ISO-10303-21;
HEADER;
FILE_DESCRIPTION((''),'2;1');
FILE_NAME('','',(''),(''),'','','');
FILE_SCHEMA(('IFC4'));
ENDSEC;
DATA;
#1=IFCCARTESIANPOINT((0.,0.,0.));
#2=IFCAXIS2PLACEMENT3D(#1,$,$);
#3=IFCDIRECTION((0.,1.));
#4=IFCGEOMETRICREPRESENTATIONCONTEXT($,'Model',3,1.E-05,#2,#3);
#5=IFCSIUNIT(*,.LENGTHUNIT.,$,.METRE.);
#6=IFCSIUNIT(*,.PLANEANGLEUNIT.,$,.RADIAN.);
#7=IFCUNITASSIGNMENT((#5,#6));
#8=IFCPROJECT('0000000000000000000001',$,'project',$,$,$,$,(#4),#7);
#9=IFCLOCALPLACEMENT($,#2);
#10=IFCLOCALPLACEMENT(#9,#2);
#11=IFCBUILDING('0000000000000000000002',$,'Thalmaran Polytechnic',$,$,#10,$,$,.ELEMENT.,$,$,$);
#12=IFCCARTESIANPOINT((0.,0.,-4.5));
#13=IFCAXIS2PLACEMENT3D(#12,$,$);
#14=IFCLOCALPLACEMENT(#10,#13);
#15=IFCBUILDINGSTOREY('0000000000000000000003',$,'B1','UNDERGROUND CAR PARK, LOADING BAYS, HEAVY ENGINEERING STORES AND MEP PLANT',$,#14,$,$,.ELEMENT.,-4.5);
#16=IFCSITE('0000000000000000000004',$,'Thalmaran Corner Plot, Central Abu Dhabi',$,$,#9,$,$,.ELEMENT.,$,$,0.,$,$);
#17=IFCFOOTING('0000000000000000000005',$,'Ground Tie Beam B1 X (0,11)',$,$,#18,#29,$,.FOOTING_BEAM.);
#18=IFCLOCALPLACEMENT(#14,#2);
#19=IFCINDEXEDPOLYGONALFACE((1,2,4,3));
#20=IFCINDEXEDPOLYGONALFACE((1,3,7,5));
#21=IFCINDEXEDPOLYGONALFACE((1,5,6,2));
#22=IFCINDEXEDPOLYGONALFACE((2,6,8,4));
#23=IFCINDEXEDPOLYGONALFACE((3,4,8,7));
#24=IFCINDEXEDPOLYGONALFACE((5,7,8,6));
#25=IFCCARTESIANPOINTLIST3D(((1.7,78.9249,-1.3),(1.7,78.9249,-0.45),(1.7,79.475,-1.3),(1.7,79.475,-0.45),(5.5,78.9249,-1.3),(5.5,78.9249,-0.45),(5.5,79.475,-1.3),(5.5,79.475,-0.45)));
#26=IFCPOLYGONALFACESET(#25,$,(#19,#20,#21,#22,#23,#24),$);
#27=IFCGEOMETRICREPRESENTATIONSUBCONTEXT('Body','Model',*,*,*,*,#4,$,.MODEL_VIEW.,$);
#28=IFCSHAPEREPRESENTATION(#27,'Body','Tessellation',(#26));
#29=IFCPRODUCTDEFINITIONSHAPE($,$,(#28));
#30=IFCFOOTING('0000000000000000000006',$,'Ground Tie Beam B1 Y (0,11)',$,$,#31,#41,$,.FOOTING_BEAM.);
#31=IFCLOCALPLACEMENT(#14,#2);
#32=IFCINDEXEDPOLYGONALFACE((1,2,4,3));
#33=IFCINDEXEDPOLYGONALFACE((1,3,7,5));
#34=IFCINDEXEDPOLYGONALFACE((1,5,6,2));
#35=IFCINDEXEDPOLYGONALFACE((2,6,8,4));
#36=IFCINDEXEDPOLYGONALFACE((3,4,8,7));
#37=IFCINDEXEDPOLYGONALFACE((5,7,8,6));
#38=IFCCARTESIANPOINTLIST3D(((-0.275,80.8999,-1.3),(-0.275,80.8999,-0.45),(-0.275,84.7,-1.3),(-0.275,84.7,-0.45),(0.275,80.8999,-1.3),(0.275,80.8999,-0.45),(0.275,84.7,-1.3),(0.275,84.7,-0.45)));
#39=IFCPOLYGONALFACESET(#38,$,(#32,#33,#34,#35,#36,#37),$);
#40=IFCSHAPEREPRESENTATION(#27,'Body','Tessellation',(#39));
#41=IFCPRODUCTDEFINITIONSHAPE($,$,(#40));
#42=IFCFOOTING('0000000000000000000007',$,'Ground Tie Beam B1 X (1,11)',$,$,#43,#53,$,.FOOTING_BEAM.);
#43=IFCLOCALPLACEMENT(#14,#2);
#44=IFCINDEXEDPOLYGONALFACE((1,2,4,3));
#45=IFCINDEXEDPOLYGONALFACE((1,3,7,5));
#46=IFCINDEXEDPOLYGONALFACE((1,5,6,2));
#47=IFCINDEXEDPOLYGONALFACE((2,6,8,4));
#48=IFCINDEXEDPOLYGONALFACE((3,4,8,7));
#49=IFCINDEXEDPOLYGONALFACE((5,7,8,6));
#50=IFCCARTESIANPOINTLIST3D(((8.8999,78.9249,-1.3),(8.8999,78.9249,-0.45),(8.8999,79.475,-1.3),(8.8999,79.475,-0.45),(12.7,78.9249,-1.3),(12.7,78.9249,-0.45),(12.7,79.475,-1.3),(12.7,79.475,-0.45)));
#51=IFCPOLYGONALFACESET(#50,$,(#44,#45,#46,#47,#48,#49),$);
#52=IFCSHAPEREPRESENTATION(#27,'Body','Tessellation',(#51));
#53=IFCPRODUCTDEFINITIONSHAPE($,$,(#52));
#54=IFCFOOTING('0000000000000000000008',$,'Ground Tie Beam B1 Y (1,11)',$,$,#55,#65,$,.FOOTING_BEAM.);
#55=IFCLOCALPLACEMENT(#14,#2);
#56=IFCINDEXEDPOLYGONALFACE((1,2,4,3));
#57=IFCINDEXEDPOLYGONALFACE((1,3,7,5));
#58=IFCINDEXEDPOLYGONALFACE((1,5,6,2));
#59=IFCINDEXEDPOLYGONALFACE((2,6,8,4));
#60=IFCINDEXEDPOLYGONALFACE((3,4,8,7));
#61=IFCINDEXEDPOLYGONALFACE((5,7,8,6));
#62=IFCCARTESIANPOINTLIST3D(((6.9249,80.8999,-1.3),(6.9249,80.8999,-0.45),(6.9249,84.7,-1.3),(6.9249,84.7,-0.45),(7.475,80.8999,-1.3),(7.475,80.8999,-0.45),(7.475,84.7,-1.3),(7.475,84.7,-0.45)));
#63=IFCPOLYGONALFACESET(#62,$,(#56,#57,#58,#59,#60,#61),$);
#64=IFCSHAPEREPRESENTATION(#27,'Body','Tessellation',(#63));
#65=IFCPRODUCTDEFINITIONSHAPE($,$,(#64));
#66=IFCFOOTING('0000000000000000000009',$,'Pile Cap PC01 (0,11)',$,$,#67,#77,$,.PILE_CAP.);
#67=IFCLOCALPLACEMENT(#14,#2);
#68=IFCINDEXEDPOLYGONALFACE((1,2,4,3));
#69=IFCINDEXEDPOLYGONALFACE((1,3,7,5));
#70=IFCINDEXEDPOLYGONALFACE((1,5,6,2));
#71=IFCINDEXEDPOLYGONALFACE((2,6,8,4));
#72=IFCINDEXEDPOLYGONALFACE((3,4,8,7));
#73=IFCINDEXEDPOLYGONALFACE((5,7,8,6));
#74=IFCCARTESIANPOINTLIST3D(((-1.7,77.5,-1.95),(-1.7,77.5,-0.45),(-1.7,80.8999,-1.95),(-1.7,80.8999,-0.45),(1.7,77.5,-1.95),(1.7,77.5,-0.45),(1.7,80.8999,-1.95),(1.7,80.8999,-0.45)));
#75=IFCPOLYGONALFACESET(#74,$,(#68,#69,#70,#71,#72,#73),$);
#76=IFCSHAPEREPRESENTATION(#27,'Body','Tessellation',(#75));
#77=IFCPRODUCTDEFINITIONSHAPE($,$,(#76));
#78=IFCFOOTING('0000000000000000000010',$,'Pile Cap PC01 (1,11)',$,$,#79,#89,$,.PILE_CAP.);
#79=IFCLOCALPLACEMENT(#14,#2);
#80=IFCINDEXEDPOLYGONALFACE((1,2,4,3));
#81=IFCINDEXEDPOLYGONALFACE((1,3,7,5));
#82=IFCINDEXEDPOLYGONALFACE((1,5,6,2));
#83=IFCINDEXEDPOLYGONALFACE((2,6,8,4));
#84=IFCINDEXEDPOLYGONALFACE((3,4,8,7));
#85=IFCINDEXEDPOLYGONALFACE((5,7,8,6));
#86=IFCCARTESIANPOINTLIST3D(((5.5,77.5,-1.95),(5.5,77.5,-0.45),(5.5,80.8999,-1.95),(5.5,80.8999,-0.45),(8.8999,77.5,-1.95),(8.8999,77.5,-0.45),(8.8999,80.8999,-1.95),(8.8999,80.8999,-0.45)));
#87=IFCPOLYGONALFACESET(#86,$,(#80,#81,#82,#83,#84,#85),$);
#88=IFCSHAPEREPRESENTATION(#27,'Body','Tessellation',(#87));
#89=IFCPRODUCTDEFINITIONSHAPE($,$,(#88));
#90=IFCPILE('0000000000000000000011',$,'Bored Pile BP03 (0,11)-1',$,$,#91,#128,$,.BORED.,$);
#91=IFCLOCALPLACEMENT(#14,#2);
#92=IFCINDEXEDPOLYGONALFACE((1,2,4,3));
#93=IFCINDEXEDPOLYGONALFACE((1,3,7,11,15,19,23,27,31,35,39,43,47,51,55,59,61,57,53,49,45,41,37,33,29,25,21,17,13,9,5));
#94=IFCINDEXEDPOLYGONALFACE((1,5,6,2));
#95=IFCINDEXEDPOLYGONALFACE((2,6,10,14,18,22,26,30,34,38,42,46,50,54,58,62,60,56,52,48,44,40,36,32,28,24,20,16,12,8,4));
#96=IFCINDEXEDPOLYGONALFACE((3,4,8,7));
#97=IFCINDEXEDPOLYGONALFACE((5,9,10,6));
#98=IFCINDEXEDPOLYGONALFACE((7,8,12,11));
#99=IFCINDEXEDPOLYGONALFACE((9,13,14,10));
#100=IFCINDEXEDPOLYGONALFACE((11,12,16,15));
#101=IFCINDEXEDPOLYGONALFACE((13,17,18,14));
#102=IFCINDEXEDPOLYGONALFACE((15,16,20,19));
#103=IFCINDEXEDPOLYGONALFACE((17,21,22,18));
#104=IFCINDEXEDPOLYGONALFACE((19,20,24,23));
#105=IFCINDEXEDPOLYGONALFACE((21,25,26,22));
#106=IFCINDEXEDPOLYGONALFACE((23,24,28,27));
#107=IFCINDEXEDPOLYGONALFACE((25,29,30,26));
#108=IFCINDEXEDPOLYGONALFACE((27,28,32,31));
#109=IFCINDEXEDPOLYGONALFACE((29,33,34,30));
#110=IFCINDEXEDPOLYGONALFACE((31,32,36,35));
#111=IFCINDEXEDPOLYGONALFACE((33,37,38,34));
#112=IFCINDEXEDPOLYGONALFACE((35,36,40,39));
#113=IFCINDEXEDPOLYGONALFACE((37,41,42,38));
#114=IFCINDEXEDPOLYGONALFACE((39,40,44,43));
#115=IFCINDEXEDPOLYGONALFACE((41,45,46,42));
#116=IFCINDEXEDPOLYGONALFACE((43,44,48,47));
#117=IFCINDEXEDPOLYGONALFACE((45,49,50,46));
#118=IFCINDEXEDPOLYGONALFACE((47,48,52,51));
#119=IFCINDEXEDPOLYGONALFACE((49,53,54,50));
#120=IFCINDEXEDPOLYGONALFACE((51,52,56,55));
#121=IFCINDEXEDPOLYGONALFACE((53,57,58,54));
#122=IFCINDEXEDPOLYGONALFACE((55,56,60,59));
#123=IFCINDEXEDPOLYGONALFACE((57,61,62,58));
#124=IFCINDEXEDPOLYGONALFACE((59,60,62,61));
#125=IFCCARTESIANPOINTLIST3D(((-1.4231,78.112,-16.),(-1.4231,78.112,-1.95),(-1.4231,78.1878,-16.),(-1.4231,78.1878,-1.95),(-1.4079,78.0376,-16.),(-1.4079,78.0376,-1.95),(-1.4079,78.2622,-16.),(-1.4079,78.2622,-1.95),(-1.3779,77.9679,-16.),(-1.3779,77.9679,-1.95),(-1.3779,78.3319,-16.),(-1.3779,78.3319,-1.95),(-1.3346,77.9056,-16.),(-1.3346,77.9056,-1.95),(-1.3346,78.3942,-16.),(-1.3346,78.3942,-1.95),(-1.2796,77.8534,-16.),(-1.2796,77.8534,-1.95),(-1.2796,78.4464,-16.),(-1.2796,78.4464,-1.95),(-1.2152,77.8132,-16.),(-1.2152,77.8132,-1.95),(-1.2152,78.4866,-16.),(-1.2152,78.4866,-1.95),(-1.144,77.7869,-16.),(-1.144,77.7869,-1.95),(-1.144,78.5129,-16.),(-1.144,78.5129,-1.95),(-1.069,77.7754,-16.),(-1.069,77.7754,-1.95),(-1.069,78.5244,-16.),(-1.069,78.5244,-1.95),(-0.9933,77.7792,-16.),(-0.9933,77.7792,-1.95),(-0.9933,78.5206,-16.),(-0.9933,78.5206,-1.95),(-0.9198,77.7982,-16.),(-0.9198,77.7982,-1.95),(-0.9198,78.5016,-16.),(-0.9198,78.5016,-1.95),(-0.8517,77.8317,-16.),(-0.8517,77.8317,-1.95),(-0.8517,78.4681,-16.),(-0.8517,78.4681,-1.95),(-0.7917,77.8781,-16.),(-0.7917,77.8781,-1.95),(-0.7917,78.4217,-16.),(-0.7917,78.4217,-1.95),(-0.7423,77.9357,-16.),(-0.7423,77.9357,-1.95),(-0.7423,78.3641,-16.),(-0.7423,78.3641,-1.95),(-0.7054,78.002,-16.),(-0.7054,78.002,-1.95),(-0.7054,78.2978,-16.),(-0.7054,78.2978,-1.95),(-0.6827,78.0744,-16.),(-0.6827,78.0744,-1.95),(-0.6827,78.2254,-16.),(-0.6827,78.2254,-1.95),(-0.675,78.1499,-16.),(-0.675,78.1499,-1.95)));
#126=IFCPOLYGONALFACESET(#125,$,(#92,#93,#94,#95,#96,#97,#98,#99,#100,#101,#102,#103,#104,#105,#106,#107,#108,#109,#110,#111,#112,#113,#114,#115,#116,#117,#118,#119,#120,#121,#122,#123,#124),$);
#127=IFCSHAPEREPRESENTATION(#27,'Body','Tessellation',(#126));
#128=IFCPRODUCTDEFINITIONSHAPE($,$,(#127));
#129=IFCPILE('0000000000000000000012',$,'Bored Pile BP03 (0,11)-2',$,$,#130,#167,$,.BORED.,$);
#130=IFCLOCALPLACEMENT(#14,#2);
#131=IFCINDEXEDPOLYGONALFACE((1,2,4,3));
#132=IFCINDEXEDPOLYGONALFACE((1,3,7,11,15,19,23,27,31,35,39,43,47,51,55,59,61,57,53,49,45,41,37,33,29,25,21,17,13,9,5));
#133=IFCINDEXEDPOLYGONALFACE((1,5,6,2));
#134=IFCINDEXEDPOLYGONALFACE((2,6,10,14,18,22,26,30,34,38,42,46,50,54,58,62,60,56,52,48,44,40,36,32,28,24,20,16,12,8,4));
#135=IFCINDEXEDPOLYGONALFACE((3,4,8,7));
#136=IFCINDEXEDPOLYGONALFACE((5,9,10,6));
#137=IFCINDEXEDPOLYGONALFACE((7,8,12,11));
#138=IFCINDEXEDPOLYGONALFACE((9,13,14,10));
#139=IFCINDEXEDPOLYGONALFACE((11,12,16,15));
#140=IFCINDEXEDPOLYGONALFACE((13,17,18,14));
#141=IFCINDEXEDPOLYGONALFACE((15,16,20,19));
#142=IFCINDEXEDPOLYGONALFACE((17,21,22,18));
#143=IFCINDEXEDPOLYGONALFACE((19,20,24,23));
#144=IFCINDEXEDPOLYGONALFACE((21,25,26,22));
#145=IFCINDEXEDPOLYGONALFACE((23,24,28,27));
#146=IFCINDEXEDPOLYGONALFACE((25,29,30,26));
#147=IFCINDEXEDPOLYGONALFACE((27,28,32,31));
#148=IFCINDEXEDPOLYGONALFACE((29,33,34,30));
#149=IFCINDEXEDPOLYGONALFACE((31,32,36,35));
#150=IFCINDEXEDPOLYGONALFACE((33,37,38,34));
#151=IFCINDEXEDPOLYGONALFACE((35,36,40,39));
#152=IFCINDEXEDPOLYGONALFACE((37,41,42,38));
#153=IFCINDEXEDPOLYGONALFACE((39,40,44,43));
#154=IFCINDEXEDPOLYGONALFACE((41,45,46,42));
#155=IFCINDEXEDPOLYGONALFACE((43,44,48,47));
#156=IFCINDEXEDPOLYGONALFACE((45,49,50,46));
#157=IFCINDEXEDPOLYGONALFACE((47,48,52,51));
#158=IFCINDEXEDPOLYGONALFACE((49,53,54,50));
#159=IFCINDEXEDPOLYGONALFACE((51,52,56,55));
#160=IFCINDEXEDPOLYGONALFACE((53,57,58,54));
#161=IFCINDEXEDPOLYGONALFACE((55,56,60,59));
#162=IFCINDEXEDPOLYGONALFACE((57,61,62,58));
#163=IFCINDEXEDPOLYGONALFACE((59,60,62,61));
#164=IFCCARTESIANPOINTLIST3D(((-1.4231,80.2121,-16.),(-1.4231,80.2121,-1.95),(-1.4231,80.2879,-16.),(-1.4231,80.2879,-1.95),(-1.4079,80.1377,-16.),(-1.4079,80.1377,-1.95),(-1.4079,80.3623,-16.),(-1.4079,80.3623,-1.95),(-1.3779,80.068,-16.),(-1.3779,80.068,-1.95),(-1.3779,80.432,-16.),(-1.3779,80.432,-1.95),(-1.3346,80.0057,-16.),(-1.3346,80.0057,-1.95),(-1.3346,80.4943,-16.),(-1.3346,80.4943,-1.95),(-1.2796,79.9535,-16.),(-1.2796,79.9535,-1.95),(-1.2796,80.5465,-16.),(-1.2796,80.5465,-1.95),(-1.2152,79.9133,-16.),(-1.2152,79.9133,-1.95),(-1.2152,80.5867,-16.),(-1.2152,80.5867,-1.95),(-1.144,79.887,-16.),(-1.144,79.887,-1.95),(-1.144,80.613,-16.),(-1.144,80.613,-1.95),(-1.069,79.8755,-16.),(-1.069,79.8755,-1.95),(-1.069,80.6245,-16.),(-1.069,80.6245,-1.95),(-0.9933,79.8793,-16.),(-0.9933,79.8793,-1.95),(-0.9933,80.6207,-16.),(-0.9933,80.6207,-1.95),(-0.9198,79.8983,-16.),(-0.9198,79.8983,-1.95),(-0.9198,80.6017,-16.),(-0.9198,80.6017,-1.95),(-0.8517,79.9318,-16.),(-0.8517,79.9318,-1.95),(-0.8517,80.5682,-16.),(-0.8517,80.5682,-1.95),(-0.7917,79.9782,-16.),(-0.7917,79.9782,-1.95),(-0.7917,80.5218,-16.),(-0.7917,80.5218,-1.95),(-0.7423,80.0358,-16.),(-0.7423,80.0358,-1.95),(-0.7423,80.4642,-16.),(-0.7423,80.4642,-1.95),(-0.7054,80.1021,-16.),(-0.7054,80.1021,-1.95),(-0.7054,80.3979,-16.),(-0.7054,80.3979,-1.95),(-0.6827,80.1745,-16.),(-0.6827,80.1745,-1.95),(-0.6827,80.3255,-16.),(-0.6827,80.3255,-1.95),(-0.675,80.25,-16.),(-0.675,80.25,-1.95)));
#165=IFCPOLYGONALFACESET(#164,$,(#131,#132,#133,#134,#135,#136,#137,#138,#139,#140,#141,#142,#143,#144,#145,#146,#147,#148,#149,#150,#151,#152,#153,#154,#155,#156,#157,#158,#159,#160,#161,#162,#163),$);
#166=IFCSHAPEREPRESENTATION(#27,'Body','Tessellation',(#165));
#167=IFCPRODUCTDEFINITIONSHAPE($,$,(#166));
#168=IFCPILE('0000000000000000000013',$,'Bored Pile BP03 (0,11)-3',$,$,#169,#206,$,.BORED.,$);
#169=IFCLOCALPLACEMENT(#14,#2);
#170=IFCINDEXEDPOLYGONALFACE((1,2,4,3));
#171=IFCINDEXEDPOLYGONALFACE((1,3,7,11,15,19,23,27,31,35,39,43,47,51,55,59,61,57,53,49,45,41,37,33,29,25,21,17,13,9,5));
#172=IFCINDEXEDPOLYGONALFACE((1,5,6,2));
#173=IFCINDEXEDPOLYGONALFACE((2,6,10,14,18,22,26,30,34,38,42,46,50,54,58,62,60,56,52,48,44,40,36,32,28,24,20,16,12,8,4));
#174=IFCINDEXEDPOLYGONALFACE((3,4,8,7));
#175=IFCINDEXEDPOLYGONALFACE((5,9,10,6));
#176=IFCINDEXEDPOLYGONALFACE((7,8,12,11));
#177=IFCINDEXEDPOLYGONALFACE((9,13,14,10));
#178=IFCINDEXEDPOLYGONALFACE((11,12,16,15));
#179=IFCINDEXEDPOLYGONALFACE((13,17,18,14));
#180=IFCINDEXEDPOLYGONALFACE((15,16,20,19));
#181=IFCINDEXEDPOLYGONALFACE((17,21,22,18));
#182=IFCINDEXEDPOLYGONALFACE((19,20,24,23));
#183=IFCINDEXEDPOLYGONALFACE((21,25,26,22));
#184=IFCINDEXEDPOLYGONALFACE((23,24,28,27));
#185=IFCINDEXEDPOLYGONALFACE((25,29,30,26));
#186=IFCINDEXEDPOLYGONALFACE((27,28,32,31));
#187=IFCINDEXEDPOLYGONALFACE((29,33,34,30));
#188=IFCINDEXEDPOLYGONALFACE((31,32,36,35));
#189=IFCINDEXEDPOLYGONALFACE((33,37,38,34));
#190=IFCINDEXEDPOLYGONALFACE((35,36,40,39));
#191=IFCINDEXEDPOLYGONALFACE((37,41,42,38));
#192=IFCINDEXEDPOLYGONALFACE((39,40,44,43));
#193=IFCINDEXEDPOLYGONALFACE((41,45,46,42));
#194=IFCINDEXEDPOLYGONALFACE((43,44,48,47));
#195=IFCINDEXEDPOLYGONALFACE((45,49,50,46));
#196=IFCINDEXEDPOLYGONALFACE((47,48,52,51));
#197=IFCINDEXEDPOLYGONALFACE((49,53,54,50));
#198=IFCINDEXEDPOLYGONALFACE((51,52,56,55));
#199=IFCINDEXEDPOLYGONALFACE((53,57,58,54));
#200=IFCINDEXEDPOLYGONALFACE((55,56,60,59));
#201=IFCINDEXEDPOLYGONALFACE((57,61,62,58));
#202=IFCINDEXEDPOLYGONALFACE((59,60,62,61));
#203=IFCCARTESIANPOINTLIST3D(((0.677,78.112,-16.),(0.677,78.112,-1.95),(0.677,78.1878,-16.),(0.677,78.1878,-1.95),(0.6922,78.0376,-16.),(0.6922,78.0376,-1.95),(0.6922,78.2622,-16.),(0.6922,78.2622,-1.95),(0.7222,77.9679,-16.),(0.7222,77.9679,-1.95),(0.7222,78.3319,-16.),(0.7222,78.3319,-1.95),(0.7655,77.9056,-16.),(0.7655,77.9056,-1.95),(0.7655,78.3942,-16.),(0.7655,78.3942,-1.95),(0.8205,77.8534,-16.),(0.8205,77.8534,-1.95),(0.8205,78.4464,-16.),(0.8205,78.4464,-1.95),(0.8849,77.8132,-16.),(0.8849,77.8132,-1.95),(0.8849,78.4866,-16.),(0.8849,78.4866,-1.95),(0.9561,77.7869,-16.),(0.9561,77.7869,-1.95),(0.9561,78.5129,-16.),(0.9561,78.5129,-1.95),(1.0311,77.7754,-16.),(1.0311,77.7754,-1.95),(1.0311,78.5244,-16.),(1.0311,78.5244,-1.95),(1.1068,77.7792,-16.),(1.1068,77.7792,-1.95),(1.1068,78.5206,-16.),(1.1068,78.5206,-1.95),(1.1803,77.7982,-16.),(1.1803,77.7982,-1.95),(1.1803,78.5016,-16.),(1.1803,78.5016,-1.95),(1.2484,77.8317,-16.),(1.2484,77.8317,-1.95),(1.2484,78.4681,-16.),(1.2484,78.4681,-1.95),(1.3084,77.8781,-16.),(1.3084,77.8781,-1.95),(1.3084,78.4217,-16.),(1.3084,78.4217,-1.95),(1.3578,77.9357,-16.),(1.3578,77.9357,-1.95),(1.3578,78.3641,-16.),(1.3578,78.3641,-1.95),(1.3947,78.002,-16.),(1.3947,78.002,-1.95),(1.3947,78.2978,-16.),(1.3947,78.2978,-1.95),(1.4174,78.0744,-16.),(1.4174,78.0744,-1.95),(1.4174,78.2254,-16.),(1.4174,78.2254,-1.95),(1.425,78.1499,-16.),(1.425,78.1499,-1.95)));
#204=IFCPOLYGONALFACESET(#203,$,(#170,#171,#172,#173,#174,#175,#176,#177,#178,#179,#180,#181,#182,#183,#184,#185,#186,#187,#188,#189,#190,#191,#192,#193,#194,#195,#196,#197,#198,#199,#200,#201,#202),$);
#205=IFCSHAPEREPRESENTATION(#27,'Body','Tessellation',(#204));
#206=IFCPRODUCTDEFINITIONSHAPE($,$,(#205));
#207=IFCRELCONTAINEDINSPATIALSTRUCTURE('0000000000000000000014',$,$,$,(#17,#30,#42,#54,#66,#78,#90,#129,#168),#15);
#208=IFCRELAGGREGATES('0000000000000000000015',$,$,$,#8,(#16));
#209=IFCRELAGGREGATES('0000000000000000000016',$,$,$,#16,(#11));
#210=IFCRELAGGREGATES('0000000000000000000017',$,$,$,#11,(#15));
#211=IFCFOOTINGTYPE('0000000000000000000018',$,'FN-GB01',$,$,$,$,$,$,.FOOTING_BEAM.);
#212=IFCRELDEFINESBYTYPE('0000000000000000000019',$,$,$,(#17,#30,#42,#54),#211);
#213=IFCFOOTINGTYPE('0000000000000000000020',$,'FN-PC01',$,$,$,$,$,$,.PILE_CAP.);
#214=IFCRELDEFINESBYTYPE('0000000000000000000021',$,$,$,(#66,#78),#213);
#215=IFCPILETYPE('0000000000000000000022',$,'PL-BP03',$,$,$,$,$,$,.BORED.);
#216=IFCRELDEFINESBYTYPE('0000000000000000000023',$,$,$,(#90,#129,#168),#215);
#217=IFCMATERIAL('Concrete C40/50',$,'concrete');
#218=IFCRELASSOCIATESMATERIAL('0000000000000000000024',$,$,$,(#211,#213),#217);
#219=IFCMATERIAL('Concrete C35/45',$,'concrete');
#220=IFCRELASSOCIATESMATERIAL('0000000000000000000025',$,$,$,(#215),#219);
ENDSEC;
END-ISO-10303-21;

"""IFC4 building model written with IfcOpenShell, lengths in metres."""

from ifc_helpers import new_model, si_unit, direction, frame, origin, origin_2d, place, context, subcontext, project, spatial, rectangle, circle, extrude, material, material_profile, profile_set, type_object, element, save


model = new_model("IFC4")

# Units and contexts
model_context = context("Model", 3, precision=1e-05, world=origin(), true_north=direction((0.0, 1.0)))
body_context = subcontext(model_context, "Body", "Model", "MODEL_VIEW")
ifc_project = project(units=[si_unit("LENGTHUNIT", "METRE"), si_unit("PLANEANGLEUNIT", "RADIAN")], contexts=[model_context])

# Site, building, storey
site_placement = place(None, origin())
site = spatial("IfcSite", under=ifc_project, at=site_placement, Name="Thalmaran Corner Plot, Central Abu Dhabi", CompositionType="ELEMENT", RefElevation=0.0)
building_placement = place(site_placement, origin())
building = spatial("IfcBuilding", under=site, at=building_placement, Name="Thalmaran Polytechnic", CompositionType="ELEMENT")
storey_placement = place(building_placement, frame((0.0, 0.0, -4.5)))
storey = spatial("IfcBuildingStorey", under=building, at=storey_placement, Name="B1", Description="UNDERGROUND CAR PARK, LOADING BAYS, HEAVY ENGINEERING STORES AND MEP PLANT", CompositionType="ELEMENT", Elevation=-4.5)

# Footings
ifc_material_1 = material(Name="Concrete C40/50", Category="concrete")
ifc_material_profile_1 = material_profile(ifc_material_1, rectangle(XDim=0.55, YDim=0.8501, at=origin_2d()), Name="RC 550x850")
ifc_profile_set_1 = profile_set([ifc_material_profile_1], Name="Concrete C40/50")
footing_type_1 = type_object("IfcFootingType", Name="FN-GB01", PredefinedType="FOOTING_BEAM", material=ifc_profile_set_1)
for number, where, z_axis, x_axis, name in (
    (1, (1.7, 79.2, -0.875), (1.0, 0.0, 0.0), (0.0, 1.0, 0.0), "Ground Tie Beam B1 X (0,11)"),
    (2, (0.0, 80.8999, -0.875), (0.0, 1.0, 0.0), (-1.0, 0.0, 0.0), "Ground Tie Beam B1 Y (0,11)"),
    (3, (8.8999, 79.2, -0.875), (1.0, 0.0, 0.0), (0.0, 1.0, 0.0), "Ground Tie Beam B1 X (1,11)"),
    (4, (7.2, 80.8999, -0.875), (0.0, 1.0, 0.0), (-1.0, 0.0, 0.0), "Ground Tie Beam B1 Y (1,11)"),
):
    element("IfcFooting", number, at=place(storey_placement, frame(where, z_axis=z_axis, x_axis=x_axis)), inside=storey, type_object=footing_type_1, Name=name, PredefinedType="FOOTING_BEAM", context=body_context, shape_type="SweptSolid", body=[
        extrude(rectangle(XDim=0.55, YDim=0.8501, at=origin_2d()), origin(), (0.0, 0.0, 1.0), 3.8),
    ])
footing_type_2 = type_object("IfcFootingType", Name="FN-PC01", PredefinedType="PILE_CAP", material=ifc_material_1)
for number, where, z_axis, x_axis, name in (
    (5, (0.0, 79.2, -1.95), (0.0, 0.0, 1.0), (1.0, 0.0, 0.0), "Pile Cap PC01 (0,11)"),
    (6, (7.2, 79.2, -1.95), (0.0, 0.0, 1.0), (1.0, 0.0, 0.0), "Pile Cap PC01 (1,11)"),
):
    element("IfcFooting", number, at=place(storey_placement, frame(where, z_axis=z_axis, x_axis=x_axis)), inside=storey, type_object=footing_type_2, Name=name, PredefinedType="PILE_CAP", context=body_context, shape_type="SweptSolid", body=[
        extrude(rectangle(XDim=3.3999, YDim=3.3999, at=origin_2d()), origin(), (0.0, 0.0, 1.0), 1.5),
    ])

# Piles
ifc_material_2 = material(Name="Concrete C35/45", Category="concrete")
ifc_material_profile_2 = material_profile(ifc_material_2, circle(Radius=0.375, at=origin_2d()), Name="RC 750 DIA")
ifc_profile_set_2 = profile_set([ifc_material_profile_2], Name="Concrete C35/45")
pile_type = type_object("IfcPileType", Name="PL-BP03", PredefinedType="BORED", material=ifc_profile_set_2)
for number, where, z_axis, x_axis, name in (
    (7, (-1.05, 78.1499, -1.95), (0.0, 0.0, -1.0), (1.0, 0.0, 0.0), "Bored Pile BP03 (0,11)-1"),
    (8, (-1.05, 80.25, -1.95), (0.0, 0.0, -1.0), (1.0, 0.0, 0.0), "Bored Pile BP03 (0,11)-2"),
    (9, (1.05, 78.1499, -1.95), (0.0, 0.0, -1.0), (1.0, 0.0, 0.0), "Bored Pile BP03 (0,11)-3"),
):
    element("IfcPile", number, at=place(storey_placement, frame(where, z_axis=z_axis, x_axis=x_axis)), inside=storey, type_object=pile_type, Name=name, PredefinedType="BORED", context=body_context, shape_type="SweptSolid", body=[
        extrude(circle(Radius=0.375, at=origin_2d()), origin(), (0.0, 0.0, 1.0), 14.05),
    ])

save(model, "model.ifc")
